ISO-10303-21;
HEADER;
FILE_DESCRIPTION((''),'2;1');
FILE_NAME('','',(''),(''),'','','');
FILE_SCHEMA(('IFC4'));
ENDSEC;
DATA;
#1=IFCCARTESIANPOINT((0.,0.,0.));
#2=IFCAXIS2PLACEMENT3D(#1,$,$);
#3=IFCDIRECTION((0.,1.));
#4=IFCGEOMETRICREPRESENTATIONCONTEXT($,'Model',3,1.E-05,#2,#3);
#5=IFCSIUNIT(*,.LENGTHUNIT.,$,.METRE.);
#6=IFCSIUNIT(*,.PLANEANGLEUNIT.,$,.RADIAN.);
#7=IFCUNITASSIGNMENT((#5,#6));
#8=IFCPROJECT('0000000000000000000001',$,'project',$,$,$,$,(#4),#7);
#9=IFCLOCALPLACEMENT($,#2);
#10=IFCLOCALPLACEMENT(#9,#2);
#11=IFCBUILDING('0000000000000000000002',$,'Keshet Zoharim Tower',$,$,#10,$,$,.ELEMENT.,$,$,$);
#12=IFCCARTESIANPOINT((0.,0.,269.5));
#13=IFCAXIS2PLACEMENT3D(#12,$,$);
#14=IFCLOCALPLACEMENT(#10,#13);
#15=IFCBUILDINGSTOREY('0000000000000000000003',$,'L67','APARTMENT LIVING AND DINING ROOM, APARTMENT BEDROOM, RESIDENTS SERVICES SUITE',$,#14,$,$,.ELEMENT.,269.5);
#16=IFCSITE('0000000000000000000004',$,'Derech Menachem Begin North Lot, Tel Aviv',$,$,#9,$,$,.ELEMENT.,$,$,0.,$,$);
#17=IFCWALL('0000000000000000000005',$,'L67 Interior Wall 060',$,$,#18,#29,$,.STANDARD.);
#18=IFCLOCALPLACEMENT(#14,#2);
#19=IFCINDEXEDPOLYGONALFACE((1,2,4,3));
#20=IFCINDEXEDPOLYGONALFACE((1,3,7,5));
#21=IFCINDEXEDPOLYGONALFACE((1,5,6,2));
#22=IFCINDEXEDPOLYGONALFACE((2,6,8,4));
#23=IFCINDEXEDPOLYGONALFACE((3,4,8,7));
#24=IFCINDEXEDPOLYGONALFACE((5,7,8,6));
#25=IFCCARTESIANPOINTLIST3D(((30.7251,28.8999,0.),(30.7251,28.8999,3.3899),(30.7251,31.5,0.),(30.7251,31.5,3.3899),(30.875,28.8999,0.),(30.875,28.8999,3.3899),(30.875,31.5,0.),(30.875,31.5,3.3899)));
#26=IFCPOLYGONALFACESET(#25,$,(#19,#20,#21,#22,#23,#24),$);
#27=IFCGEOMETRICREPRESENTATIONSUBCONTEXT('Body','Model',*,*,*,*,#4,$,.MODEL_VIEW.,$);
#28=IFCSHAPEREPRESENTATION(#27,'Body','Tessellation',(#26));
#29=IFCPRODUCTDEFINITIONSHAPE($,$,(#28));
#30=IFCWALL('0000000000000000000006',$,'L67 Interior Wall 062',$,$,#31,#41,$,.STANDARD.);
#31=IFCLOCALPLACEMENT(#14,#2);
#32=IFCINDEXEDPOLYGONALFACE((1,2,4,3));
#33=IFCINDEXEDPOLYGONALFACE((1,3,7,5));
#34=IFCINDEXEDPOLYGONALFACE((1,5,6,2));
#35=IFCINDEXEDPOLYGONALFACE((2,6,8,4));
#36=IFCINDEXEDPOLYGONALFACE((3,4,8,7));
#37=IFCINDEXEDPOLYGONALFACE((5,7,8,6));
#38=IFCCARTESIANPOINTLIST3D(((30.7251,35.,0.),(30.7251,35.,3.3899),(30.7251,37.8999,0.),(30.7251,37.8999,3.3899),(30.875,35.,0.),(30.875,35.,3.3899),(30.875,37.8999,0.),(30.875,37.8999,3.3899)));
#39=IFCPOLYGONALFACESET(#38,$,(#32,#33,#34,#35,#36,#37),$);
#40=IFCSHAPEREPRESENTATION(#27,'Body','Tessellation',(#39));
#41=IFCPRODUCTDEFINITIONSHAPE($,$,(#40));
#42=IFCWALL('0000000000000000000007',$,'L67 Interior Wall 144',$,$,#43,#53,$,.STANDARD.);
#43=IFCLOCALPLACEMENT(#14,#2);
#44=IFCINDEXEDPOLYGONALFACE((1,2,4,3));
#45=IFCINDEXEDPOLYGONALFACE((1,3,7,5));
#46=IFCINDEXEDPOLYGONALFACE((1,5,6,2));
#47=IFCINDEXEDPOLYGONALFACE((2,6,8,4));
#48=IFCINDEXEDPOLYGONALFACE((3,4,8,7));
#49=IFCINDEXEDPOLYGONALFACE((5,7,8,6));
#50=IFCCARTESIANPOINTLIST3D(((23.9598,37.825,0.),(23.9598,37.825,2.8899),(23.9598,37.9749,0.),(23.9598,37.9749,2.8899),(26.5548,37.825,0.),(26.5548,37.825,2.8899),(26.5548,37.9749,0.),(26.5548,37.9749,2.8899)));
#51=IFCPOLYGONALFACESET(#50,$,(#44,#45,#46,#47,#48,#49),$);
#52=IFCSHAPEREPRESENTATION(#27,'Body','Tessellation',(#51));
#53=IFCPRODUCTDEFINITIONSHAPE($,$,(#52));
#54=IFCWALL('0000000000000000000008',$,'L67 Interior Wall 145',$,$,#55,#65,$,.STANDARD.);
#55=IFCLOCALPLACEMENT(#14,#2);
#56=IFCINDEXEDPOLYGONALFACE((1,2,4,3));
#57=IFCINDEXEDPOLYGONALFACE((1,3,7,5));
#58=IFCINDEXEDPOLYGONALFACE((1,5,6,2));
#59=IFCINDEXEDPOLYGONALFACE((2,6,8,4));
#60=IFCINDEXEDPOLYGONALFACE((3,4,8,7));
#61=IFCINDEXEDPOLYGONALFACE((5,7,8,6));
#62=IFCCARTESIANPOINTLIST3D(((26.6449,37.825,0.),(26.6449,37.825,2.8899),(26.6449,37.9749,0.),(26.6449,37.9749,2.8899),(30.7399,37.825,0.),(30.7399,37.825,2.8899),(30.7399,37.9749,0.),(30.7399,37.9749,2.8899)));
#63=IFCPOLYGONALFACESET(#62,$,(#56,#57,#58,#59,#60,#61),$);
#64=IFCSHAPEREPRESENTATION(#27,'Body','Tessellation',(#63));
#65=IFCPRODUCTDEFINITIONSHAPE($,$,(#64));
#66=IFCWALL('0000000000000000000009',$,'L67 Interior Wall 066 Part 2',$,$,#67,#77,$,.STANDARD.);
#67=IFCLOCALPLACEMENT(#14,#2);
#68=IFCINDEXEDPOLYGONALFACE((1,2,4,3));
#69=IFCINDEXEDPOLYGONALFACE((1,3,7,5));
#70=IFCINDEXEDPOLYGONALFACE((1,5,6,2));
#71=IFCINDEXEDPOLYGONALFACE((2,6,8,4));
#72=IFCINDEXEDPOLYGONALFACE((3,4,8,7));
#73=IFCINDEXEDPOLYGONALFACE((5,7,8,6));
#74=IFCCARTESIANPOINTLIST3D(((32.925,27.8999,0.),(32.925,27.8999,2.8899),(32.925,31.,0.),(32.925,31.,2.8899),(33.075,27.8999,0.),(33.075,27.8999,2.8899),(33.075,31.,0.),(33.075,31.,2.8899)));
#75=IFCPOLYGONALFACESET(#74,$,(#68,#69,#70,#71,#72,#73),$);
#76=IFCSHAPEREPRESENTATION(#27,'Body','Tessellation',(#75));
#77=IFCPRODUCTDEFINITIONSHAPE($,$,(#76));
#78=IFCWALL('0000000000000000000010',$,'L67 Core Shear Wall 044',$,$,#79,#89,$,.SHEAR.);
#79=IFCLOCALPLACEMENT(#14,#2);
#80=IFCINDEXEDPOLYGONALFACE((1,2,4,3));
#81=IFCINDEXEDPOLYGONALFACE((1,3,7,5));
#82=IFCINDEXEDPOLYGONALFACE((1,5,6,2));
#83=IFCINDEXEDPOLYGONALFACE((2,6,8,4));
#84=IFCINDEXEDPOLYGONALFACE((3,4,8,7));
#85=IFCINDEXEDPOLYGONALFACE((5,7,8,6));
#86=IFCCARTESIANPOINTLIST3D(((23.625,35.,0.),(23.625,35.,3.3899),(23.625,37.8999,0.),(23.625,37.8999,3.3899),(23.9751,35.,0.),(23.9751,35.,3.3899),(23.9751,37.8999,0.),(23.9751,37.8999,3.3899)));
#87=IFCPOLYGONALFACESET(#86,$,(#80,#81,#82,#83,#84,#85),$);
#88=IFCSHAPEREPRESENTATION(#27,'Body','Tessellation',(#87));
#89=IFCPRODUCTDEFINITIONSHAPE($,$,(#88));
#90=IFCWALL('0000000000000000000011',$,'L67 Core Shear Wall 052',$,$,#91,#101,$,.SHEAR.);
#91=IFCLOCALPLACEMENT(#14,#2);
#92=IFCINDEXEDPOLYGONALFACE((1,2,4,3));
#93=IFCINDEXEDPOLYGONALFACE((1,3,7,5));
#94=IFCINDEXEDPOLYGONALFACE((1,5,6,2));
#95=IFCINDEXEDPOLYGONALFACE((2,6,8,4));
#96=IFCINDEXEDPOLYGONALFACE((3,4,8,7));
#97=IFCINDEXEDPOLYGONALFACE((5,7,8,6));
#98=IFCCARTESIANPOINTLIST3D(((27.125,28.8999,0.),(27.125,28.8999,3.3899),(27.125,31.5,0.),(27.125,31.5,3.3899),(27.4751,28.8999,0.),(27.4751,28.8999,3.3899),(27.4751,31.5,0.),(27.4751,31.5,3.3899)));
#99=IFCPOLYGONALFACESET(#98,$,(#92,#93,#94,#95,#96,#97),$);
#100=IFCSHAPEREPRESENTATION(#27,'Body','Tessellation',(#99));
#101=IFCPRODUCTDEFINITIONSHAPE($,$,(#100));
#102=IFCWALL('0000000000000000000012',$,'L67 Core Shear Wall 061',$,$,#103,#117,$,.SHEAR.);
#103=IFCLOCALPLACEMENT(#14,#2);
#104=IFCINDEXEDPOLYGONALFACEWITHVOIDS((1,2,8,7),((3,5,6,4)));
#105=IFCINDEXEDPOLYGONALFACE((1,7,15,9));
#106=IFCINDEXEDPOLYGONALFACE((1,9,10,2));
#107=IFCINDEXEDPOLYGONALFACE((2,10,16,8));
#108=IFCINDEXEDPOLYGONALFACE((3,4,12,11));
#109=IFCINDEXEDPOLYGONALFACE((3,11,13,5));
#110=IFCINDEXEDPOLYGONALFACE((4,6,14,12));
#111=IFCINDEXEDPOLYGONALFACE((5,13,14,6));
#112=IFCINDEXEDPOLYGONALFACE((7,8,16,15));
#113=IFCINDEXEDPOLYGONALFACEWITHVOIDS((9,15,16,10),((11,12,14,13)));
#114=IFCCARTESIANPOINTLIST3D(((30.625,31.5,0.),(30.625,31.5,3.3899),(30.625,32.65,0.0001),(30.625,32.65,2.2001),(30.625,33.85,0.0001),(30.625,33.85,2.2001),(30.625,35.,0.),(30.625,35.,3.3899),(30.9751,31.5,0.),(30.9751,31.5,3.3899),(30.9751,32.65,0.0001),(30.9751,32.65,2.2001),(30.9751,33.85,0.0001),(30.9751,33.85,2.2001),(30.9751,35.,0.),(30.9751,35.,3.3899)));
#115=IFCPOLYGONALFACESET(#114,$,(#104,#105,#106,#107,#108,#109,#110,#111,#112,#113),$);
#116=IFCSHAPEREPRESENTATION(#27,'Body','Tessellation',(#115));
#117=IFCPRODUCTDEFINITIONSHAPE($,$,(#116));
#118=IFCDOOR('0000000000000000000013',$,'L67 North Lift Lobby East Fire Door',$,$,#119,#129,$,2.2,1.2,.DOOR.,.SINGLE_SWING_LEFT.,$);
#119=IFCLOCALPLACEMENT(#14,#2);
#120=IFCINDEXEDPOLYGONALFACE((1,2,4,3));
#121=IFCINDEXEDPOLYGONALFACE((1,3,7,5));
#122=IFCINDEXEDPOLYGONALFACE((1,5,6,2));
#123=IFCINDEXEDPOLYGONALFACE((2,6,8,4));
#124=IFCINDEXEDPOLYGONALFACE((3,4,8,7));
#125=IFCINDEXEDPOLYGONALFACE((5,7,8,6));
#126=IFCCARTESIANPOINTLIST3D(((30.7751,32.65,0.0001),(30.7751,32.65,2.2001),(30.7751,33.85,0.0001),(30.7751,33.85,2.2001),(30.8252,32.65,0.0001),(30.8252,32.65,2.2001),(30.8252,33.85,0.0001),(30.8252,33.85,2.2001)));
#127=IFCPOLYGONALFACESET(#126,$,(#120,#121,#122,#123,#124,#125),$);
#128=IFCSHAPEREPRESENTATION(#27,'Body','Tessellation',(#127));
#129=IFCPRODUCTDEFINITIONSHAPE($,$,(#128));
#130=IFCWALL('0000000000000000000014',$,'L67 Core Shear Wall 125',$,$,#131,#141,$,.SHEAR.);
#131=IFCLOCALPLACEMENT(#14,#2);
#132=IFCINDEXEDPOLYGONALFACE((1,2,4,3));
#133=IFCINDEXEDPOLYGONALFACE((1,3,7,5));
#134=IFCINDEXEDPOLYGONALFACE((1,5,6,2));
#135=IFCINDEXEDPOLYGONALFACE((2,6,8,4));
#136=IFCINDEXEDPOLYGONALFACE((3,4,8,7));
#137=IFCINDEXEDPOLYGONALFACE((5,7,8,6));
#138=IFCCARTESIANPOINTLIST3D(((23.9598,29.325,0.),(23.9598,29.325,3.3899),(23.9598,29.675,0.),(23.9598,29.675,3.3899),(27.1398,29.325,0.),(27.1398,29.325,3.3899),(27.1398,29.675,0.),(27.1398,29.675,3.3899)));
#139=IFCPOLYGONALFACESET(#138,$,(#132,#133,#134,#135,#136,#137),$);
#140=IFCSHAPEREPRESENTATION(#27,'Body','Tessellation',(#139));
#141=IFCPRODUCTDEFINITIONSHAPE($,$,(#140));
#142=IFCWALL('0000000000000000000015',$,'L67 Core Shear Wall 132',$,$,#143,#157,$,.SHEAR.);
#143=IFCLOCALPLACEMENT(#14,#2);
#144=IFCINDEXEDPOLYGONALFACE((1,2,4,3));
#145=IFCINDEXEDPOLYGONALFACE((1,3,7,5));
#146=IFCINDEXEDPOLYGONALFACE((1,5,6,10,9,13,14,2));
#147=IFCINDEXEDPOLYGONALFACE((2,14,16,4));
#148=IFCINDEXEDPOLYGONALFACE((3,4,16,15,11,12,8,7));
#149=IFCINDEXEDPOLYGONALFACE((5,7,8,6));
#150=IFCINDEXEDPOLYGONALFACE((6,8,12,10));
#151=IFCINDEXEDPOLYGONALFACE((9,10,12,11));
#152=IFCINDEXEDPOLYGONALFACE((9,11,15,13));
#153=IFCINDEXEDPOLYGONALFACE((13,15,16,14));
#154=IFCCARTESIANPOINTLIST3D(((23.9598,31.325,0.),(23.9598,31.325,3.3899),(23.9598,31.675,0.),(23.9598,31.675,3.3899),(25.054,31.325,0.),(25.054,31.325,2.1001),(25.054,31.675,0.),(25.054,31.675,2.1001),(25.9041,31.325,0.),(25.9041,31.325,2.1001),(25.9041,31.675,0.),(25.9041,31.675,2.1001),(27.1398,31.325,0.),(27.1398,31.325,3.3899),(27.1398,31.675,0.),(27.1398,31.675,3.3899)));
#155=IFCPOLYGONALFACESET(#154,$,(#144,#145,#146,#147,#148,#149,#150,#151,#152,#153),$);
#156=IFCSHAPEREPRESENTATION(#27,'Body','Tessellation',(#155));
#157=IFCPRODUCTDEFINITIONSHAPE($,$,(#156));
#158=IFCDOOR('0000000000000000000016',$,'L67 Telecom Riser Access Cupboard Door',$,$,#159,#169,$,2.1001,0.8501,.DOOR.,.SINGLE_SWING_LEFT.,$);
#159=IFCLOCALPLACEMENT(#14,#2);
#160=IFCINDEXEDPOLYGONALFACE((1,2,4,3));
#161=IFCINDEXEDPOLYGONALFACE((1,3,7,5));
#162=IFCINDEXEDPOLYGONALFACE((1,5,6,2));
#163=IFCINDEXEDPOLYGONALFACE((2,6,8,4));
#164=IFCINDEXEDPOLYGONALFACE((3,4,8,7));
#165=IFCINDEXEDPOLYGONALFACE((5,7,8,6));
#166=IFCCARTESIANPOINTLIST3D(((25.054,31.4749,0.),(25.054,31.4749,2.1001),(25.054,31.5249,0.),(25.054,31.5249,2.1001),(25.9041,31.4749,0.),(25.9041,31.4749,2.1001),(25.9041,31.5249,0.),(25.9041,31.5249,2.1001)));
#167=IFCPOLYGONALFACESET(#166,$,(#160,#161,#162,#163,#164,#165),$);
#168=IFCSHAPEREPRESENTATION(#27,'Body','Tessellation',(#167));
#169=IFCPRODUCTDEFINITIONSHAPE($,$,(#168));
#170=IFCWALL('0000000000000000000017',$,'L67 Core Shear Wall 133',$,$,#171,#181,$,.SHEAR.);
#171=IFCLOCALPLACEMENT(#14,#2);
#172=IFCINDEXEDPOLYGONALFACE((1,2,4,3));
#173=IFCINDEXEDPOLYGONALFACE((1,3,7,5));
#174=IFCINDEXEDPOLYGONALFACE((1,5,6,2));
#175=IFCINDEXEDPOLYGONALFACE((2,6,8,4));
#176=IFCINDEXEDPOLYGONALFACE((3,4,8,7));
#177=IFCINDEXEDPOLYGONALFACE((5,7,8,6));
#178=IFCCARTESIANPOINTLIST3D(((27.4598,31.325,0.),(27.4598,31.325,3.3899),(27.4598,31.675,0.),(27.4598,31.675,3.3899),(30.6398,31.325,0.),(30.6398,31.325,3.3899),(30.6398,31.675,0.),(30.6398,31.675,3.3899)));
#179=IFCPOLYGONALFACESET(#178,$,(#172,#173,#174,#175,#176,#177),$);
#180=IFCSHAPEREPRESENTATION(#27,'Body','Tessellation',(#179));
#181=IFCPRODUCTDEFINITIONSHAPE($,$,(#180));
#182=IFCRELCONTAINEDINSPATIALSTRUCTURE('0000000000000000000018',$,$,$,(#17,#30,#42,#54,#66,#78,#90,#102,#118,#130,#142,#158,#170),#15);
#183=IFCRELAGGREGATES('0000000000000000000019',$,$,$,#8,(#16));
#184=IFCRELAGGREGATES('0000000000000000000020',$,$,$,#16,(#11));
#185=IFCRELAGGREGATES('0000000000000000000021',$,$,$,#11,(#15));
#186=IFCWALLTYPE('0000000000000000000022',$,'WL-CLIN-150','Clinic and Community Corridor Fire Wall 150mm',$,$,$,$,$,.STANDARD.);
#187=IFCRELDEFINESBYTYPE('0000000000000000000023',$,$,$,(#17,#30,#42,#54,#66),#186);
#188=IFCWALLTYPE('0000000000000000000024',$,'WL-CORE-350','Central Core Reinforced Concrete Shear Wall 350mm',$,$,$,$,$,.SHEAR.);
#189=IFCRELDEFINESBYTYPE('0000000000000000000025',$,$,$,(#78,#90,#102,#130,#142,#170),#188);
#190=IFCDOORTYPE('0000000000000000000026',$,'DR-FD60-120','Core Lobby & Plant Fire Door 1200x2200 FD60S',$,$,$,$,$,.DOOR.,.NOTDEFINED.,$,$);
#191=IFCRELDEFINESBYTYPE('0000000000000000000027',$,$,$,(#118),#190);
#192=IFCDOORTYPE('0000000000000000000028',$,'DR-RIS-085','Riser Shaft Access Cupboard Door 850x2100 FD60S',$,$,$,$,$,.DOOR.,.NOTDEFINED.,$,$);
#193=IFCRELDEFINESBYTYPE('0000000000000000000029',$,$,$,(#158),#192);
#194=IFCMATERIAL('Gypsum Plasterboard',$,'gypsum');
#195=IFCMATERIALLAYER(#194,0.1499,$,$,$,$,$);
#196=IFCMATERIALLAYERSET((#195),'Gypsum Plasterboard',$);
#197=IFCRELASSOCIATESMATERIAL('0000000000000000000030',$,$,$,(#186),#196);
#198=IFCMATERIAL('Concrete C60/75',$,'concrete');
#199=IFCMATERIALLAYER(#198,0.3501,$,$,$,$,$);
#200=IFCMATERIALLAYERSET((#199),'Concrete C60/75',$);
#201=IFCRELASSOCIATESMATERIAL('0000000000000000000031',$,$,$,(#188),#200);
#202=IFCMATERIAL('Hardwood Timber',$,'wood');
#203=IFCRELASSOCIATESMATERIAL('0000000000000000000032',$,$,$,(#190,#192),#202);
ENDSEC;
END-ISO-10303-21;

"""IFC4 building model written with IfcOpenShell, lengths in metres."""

from ifc_helpers import new_model, si_unit, direction, frame, frame_2d, origin, place, context, subcontext, project, spatial, rectangle, extrude, material, layer, layer_set, type_object, element, fill, save


model = new_model("IFC4")

# Units and contexts
model_context = context("Model", 3, precision=1e-05, world=origin(), true_north=direction((0.0, 1.0)))
body_context = subcontext(model_context, "Body", "Model", "MODEL_VIEW")
ifc_project = project(units=[si_unit("LENGTHUNIT", "METRE"), si_unit("PLANEANGLEUNIT", "RADIAN")], contexts=[model_context])

# Site, building, storey
site_placement = place(None, origin())
site = spatial("IfcSite", under=ifc_project, at=site_placement, Name="Derech Menachem Begin North Lot, Tel Aviv", CompositionType="ELEMENT", RefElevation=0.0)
building_placement = place(site_placement, origin())
building = spatial("IfcBuilding", under=site, at=building_placement, Name="Keshet Zoharim Tower", CompositionType="ELEMENT")
storey_placement = place(building_placement, frame((0.0, 0.0, 269.5)))
storey = spatial("IfcBuildingStorey", under=building, at=storey_placement, Name="L67", Description="APARTMENT LIVING AND DINING ROOM, APARTMENT BEDROOM, RESIDENTS SERVICES SUITE", CompositionType="ELEMENT", Elevation=269.5)

# Walls
ifc_material_1 = material(Name="Gypsum Plasterboard", Category="gypsum")
ifc_layer_1 = layer(ifc_material_1, 0.1499)
ifc_layer_set_1 = layer_set([ifc_layer_1], Name="Gypsum Plasterboard")
wall_type_1 = type_object("IfcWallType", Name="WL-CLIN-150", Description="Clinic and Community Corridor Fire Wall 150mm", PredefinedType="STANDARD", material=ifc_layer_set_1)
wall_1_placement = place(storey_placement, frame((30.8, 28.8999, 0.0), z_axis=(0.0, 0.0, 1.0), x_axis=(0.0, 1.0, 0.0)))
element("IfcWall", 1, at=wall_1_placement, inside=storey, type_object=wall_type_1, Name="L67 Interior Wall 060", PredefinedType="STANDARD", context=body_context, shape_type="SweptSolid", body=[
    extrude(rectangle(XDim=2.6001, YDim=0.1499, at=frame_2d((1.3, 0.0))), origin(), (0.0, 0.0, 1.0), 3.3899),
])
wall_2_placement = place(storey_placement, frame((30.8, 35.0, 0.0), z_axis=(0.0, 0.0, 1.0), x_axis=(0.0, 1.0, 0.0)))
element("IfcWall", 2, at=wall_2_placement, inside=storey, type_object=wall_type_1, Name="L67 Interior Wall 062", PredefinedType="STANDARD", context=body_context, shape_type="SweptSolid", body=[
    extrude(rectangle(XDim=2.8999, YDim=0.1499, at=frame_2d((1.45, 0.0))), origin(), (0.0, 0.0, 1.0), 3.3899),
])
wall_3_placement = place(storey_placement, frame((23.96, 37.8999, 0.0), z_axis=(0.0, 0.0, 1.0), x_axis=(1.0, 0.0, 0.0)))
element("IfcWall", 3, at=wall_3_placement, inside=storey, type_object=wall_type_1, Name="L67 Interior Wall 144", PredefinedType="STANDARD", context=body_context, shape_type="SweptSolid", body=[
    extrude(rectangle(XDim=2.595, YDim=0.1499, at=frame_2d((1.2974, 0.0))), origin(), (0.0, 0.0, 1.0), 2.8899),
])
wall_4_placement = place(storey_placement, frame((26.645, 37.8999, 0.0), z_axis=(0.0, 0.0, 1.0), x_axis=(1.0, 0.0, 0.0)))
element("IfcWall", 4, at=wall_4_placement, inside=storey, type_object=wall_type_1, Name="L67 Interior Wall 145", PredefinedType="STANDARD", context=body_context, shape_type="SweptSolid", body=[
    extrude(rectangle(XDim=4.095, YDim=0.1499, at=frame_2d((2.0474, 0.0))), origin(), (0.0, 0.0, 1.0), 2.8899),
])
wall_5_placement = place(storey_placement, frame((33.0, 27.8999, 0.0), z_axis=(0.0, 0.0, 1.0), x_axis=(0.0, 1.0, 0.0)))
element("IfcWall", 5, at=wall_5_placement, inside=storey, type_object=wall_type_1, Name="L67 Interior Wall 066 Part 2", PredefinedType="STANDARD", context=body_context, shape_type="SweptSolid", body=[
    extrude(rectangle(XDim=3.1001, YDim=0.1499, at=frame_2d((1.55, 0.0))), origin(), (0.0, 0.0, 1.0), 2.8899),
])

# Shared definitions
ifc_material_2 = material(Name="Concrete C60/75", Category="concrete")
ifc_layer_2 = layer(ifc_material_2, 0.3501)
ifc_layer_set_2 = layer_set([ifc_layer_2], Name="Concrete C60/75")
wall_type_2 = type_object("IfcWallType", Name="WL-CORE-350", Description="Central Core Reinforced Concrete Shear Wall 350mm", PredefinedType="SHEAR", material=ifc_layer_set_2)
ifc_material_3 = material(Name="Hardwood Timber", Category="wood")

# Walls
wall_6_placement = place(storey_placement, frame((23.8, 35.0, 0.0), z_axis=(0.0, 0.0, 1.0), x_axis=(0.0, 1.0, 0.0)))
element("IfcWall", 6, at=wall_6_placement, inside=storey, type_object=wall_type_2, Name="L67 Core Shear Wall 044", PredefinedType="SHEAR", context=body_context, shape_type="SweptSolid", body=[
    extrude(rectangle(XDim=2.8999, YDim=0.3501, at=frame_2d((1.45, 0.0))), origin(), (0.0, 0.0, 1.0), 3.3899),
])
wall_7_placement = place(storey_placement, frame((27.3, 28.8999, 0.0), z_axis=(0.0, 0.0, 1.0), x_axis=(0.0, 1.0, 0.0)))
element("IfcWall", 7, at=wall_7_placement, inside=storey, type_object=wall_type_2, Name="L67 Core Shear Wall 052", PredefinedType="SHEAR", context=body_context, shape_type="SweptSolid", body=[
    extrude(rectangle(XDim=2.6001, YDim=0.3501, at=frame_2d((1.3, 0.0))), origin(), (0.0, 0.0, 1.0), 3.3899),
])

# Wall, opening, door
wall_8_placement = place(storey_placement, frame((30.8, 31.5, 0.0), z_axis=(0.0, 0.0, 1.0), x_axis=(0.0, 1.0, 0.0)))
wall_8 = element("IfcWall", 8, at=wall_8_placement, inside=storey, type_object=wall_type_2, Name="L67 Core Shear Wall 061", PredefinedType="SHEAR", context=body_context, shape_type="SweptSolid", body=[
    extrude(rectangle(XDim=3.5, YDim=0.3501, at=frame_2d((1.75, 0.0))), origin(), (0.0, 0.0, 1.0), 3.3899),
])
opening_1_placement = place(wall_8_placement, frame((1.1499, 0.0, 0.0)))
opening_1 = element("IfcOpeningElement", 9, at=opening_1_placement, cuts=wall_8, PredefinedType="OPENING", context=body_context, shape_type="SweptSolid", body=[
    extrude(rectangle(XDim=1.2, YDim=2.2, at=frame_2d((0.6001, 1.1001))), frame((0.0, 0.1851, 0.0), z_axis=(0.0, -1.0, 0.0), x_axis=(1.0, 0.0, 0.0)), (0.0, 0.0, 1.0), 0.3701),
])
door_type_1 = type_object("IfcDoorType", Name="DR-FD60-120", Description="Core Lobby & Plant Fire Door 1200x2200 FD60S", OperationType="NOTDEFINED", PredefinedType="DOOR", material=ifc_material_3)
door_1_placement = place(opening_1_placement, origin())
door_1 = element("IfcDoor", 10, at=door_1_placement, inside=storey, type_object=door_type_1, Name="L67 North Lift Lobby East Fire Door", OperationType="SINGLE_SWING_LEFT", OverallHeight=2.2, OverallWidth=1.2, PredefinedType="DOOR", context=body_context, shape_type="SweptSolid", body=[
    extrude(rectangle(XDim=1.2, YDim=2.2, at=frame_2d((0.6001, 1.1001))), frame((0.0, 0.0249, 0.0), z_axis=(0.0, -1.0, 0.0), x_axis=(1.0, 0.0, 0.0)), (0.0, 0.0, 1.0), 0.05),
])
fill(opening_1, door_1)

# Wall
wall_9_placement = place(storey_placement, frame((23.96, 29.5, 0.0), z_axis=(0.0, 0.0, 1.0), x_axis=(1.0, 0.0, 0.0)))
element("IfcWall", 11, at=wall_9_placement, inside=storey, type_object=wall_type_2, Name="L67 Core Shear Wall 125", PredefinedType="SHEAR", context=body_context, shape_type="SweptSolid", body=[
    extrude(rectangle(XDim=3.1799, YDim=0.3501, at=frame_2d((1.5898, 0.0))), origin(), (0.0, 0.0, 1.0), 3.3899),
])

# Wall, opening, door
wall_10_placement = place(storey_placement, frame((23.96, 31.5, 0.0), z_axis=(0.0, 0.0, 1.0), x_axis=(1.0, 0.0, 0.0)))
wall_10 = element("IfcWall", 12, at=wall_10_placement, inside=storey, type_object=wall_type_2, Name="L67 Core Shear Wall 132", PredefinedType="SHEAR", context=body_context, shape_type="SweptSolid", body=[
    extrude(rectangle(XDim=3.1799, YDim=0.3501, at=frame_2d((1.5898, 0.0))), origin(), (0.0, 0.0, 1.0), 3.3899),
])
opening_2_placement = place(wall_10_placement, frame((1.094, 0.0, 0.0)))
opening_2 = element("IfcOpeningElement", 13, at=opening_2_placement, cuts=wall_10, PredefinedType="OPENING", context=body_context, shape_type="SweptSolid", body=[
    extrude(rectangle(XDim=0.8501, YDim=2.1001, at=frame_2d((0.425, 1.05))), frame((0.0, 0.1851, 0.0), z_axis=(0.0, -1.0, 0.0), x_axis=(1.0, 0.0, 0.0)), (0.0, 0.0, 1.0), 0.3701),
])
door_type_2 = type_object("IfcDoorType", Name="DR-RIS-085", Description="Riser Shaft Access Cupboard Door 850x2100 FD60S", OperationType="NOTDEFINED", PredefinedType="DOOR", material=ifc_material_3)
door_2_placement = place(opening_2_placement, origin())
door_2 = element("IfcDoor", 14, at=door_2_placement, inside=storey, type_object=door_type_2, Name="L67 Telecom Riser Access Cupboard Door", OperationType="SINGLE_SWING_LEFT", OverallHeight=2.1001, OverallWidth=0.8501, PredefinedType="DOOR", context=body_context, shape_type="SweptSolid", body=[
    extrude(rectangle(XDim=0.8501, YDim=2.1001, at=frame_2d((0.425, 1.05))), frame((0.0, 0.0249, 0.0), z_axis=(0.0, -1.0, 0.0), x_axis=(1.0, 0.0, 0.0)), (0.0, 0.0, 1.0), 0.05),
])
fill(opening_2, door_2)

# Wall
wall_11_placement = place(storey_placement, frame((27.46, 31.5, 0.0), z_axis=(0.0, 0.0, 1.0), x_axis=(1.0, 0.0, 0.0)))
element("IfcWall", 15, at=wall_11_placement, inside=storey, type_object=wall_type_2, Name="L67 Core Shear Wall 133", PredefinedType="SHEAR", context=body_context, shape_type="SweptSolid", body=[
    extrude(rectangle(XDim=3.1799, YDim=0.3501, at=frame_2d((1.5898, 0.0))), origin(), (0.0, 0.0, 1.0), 3.3899),
])

save(model, "model.ifc")
